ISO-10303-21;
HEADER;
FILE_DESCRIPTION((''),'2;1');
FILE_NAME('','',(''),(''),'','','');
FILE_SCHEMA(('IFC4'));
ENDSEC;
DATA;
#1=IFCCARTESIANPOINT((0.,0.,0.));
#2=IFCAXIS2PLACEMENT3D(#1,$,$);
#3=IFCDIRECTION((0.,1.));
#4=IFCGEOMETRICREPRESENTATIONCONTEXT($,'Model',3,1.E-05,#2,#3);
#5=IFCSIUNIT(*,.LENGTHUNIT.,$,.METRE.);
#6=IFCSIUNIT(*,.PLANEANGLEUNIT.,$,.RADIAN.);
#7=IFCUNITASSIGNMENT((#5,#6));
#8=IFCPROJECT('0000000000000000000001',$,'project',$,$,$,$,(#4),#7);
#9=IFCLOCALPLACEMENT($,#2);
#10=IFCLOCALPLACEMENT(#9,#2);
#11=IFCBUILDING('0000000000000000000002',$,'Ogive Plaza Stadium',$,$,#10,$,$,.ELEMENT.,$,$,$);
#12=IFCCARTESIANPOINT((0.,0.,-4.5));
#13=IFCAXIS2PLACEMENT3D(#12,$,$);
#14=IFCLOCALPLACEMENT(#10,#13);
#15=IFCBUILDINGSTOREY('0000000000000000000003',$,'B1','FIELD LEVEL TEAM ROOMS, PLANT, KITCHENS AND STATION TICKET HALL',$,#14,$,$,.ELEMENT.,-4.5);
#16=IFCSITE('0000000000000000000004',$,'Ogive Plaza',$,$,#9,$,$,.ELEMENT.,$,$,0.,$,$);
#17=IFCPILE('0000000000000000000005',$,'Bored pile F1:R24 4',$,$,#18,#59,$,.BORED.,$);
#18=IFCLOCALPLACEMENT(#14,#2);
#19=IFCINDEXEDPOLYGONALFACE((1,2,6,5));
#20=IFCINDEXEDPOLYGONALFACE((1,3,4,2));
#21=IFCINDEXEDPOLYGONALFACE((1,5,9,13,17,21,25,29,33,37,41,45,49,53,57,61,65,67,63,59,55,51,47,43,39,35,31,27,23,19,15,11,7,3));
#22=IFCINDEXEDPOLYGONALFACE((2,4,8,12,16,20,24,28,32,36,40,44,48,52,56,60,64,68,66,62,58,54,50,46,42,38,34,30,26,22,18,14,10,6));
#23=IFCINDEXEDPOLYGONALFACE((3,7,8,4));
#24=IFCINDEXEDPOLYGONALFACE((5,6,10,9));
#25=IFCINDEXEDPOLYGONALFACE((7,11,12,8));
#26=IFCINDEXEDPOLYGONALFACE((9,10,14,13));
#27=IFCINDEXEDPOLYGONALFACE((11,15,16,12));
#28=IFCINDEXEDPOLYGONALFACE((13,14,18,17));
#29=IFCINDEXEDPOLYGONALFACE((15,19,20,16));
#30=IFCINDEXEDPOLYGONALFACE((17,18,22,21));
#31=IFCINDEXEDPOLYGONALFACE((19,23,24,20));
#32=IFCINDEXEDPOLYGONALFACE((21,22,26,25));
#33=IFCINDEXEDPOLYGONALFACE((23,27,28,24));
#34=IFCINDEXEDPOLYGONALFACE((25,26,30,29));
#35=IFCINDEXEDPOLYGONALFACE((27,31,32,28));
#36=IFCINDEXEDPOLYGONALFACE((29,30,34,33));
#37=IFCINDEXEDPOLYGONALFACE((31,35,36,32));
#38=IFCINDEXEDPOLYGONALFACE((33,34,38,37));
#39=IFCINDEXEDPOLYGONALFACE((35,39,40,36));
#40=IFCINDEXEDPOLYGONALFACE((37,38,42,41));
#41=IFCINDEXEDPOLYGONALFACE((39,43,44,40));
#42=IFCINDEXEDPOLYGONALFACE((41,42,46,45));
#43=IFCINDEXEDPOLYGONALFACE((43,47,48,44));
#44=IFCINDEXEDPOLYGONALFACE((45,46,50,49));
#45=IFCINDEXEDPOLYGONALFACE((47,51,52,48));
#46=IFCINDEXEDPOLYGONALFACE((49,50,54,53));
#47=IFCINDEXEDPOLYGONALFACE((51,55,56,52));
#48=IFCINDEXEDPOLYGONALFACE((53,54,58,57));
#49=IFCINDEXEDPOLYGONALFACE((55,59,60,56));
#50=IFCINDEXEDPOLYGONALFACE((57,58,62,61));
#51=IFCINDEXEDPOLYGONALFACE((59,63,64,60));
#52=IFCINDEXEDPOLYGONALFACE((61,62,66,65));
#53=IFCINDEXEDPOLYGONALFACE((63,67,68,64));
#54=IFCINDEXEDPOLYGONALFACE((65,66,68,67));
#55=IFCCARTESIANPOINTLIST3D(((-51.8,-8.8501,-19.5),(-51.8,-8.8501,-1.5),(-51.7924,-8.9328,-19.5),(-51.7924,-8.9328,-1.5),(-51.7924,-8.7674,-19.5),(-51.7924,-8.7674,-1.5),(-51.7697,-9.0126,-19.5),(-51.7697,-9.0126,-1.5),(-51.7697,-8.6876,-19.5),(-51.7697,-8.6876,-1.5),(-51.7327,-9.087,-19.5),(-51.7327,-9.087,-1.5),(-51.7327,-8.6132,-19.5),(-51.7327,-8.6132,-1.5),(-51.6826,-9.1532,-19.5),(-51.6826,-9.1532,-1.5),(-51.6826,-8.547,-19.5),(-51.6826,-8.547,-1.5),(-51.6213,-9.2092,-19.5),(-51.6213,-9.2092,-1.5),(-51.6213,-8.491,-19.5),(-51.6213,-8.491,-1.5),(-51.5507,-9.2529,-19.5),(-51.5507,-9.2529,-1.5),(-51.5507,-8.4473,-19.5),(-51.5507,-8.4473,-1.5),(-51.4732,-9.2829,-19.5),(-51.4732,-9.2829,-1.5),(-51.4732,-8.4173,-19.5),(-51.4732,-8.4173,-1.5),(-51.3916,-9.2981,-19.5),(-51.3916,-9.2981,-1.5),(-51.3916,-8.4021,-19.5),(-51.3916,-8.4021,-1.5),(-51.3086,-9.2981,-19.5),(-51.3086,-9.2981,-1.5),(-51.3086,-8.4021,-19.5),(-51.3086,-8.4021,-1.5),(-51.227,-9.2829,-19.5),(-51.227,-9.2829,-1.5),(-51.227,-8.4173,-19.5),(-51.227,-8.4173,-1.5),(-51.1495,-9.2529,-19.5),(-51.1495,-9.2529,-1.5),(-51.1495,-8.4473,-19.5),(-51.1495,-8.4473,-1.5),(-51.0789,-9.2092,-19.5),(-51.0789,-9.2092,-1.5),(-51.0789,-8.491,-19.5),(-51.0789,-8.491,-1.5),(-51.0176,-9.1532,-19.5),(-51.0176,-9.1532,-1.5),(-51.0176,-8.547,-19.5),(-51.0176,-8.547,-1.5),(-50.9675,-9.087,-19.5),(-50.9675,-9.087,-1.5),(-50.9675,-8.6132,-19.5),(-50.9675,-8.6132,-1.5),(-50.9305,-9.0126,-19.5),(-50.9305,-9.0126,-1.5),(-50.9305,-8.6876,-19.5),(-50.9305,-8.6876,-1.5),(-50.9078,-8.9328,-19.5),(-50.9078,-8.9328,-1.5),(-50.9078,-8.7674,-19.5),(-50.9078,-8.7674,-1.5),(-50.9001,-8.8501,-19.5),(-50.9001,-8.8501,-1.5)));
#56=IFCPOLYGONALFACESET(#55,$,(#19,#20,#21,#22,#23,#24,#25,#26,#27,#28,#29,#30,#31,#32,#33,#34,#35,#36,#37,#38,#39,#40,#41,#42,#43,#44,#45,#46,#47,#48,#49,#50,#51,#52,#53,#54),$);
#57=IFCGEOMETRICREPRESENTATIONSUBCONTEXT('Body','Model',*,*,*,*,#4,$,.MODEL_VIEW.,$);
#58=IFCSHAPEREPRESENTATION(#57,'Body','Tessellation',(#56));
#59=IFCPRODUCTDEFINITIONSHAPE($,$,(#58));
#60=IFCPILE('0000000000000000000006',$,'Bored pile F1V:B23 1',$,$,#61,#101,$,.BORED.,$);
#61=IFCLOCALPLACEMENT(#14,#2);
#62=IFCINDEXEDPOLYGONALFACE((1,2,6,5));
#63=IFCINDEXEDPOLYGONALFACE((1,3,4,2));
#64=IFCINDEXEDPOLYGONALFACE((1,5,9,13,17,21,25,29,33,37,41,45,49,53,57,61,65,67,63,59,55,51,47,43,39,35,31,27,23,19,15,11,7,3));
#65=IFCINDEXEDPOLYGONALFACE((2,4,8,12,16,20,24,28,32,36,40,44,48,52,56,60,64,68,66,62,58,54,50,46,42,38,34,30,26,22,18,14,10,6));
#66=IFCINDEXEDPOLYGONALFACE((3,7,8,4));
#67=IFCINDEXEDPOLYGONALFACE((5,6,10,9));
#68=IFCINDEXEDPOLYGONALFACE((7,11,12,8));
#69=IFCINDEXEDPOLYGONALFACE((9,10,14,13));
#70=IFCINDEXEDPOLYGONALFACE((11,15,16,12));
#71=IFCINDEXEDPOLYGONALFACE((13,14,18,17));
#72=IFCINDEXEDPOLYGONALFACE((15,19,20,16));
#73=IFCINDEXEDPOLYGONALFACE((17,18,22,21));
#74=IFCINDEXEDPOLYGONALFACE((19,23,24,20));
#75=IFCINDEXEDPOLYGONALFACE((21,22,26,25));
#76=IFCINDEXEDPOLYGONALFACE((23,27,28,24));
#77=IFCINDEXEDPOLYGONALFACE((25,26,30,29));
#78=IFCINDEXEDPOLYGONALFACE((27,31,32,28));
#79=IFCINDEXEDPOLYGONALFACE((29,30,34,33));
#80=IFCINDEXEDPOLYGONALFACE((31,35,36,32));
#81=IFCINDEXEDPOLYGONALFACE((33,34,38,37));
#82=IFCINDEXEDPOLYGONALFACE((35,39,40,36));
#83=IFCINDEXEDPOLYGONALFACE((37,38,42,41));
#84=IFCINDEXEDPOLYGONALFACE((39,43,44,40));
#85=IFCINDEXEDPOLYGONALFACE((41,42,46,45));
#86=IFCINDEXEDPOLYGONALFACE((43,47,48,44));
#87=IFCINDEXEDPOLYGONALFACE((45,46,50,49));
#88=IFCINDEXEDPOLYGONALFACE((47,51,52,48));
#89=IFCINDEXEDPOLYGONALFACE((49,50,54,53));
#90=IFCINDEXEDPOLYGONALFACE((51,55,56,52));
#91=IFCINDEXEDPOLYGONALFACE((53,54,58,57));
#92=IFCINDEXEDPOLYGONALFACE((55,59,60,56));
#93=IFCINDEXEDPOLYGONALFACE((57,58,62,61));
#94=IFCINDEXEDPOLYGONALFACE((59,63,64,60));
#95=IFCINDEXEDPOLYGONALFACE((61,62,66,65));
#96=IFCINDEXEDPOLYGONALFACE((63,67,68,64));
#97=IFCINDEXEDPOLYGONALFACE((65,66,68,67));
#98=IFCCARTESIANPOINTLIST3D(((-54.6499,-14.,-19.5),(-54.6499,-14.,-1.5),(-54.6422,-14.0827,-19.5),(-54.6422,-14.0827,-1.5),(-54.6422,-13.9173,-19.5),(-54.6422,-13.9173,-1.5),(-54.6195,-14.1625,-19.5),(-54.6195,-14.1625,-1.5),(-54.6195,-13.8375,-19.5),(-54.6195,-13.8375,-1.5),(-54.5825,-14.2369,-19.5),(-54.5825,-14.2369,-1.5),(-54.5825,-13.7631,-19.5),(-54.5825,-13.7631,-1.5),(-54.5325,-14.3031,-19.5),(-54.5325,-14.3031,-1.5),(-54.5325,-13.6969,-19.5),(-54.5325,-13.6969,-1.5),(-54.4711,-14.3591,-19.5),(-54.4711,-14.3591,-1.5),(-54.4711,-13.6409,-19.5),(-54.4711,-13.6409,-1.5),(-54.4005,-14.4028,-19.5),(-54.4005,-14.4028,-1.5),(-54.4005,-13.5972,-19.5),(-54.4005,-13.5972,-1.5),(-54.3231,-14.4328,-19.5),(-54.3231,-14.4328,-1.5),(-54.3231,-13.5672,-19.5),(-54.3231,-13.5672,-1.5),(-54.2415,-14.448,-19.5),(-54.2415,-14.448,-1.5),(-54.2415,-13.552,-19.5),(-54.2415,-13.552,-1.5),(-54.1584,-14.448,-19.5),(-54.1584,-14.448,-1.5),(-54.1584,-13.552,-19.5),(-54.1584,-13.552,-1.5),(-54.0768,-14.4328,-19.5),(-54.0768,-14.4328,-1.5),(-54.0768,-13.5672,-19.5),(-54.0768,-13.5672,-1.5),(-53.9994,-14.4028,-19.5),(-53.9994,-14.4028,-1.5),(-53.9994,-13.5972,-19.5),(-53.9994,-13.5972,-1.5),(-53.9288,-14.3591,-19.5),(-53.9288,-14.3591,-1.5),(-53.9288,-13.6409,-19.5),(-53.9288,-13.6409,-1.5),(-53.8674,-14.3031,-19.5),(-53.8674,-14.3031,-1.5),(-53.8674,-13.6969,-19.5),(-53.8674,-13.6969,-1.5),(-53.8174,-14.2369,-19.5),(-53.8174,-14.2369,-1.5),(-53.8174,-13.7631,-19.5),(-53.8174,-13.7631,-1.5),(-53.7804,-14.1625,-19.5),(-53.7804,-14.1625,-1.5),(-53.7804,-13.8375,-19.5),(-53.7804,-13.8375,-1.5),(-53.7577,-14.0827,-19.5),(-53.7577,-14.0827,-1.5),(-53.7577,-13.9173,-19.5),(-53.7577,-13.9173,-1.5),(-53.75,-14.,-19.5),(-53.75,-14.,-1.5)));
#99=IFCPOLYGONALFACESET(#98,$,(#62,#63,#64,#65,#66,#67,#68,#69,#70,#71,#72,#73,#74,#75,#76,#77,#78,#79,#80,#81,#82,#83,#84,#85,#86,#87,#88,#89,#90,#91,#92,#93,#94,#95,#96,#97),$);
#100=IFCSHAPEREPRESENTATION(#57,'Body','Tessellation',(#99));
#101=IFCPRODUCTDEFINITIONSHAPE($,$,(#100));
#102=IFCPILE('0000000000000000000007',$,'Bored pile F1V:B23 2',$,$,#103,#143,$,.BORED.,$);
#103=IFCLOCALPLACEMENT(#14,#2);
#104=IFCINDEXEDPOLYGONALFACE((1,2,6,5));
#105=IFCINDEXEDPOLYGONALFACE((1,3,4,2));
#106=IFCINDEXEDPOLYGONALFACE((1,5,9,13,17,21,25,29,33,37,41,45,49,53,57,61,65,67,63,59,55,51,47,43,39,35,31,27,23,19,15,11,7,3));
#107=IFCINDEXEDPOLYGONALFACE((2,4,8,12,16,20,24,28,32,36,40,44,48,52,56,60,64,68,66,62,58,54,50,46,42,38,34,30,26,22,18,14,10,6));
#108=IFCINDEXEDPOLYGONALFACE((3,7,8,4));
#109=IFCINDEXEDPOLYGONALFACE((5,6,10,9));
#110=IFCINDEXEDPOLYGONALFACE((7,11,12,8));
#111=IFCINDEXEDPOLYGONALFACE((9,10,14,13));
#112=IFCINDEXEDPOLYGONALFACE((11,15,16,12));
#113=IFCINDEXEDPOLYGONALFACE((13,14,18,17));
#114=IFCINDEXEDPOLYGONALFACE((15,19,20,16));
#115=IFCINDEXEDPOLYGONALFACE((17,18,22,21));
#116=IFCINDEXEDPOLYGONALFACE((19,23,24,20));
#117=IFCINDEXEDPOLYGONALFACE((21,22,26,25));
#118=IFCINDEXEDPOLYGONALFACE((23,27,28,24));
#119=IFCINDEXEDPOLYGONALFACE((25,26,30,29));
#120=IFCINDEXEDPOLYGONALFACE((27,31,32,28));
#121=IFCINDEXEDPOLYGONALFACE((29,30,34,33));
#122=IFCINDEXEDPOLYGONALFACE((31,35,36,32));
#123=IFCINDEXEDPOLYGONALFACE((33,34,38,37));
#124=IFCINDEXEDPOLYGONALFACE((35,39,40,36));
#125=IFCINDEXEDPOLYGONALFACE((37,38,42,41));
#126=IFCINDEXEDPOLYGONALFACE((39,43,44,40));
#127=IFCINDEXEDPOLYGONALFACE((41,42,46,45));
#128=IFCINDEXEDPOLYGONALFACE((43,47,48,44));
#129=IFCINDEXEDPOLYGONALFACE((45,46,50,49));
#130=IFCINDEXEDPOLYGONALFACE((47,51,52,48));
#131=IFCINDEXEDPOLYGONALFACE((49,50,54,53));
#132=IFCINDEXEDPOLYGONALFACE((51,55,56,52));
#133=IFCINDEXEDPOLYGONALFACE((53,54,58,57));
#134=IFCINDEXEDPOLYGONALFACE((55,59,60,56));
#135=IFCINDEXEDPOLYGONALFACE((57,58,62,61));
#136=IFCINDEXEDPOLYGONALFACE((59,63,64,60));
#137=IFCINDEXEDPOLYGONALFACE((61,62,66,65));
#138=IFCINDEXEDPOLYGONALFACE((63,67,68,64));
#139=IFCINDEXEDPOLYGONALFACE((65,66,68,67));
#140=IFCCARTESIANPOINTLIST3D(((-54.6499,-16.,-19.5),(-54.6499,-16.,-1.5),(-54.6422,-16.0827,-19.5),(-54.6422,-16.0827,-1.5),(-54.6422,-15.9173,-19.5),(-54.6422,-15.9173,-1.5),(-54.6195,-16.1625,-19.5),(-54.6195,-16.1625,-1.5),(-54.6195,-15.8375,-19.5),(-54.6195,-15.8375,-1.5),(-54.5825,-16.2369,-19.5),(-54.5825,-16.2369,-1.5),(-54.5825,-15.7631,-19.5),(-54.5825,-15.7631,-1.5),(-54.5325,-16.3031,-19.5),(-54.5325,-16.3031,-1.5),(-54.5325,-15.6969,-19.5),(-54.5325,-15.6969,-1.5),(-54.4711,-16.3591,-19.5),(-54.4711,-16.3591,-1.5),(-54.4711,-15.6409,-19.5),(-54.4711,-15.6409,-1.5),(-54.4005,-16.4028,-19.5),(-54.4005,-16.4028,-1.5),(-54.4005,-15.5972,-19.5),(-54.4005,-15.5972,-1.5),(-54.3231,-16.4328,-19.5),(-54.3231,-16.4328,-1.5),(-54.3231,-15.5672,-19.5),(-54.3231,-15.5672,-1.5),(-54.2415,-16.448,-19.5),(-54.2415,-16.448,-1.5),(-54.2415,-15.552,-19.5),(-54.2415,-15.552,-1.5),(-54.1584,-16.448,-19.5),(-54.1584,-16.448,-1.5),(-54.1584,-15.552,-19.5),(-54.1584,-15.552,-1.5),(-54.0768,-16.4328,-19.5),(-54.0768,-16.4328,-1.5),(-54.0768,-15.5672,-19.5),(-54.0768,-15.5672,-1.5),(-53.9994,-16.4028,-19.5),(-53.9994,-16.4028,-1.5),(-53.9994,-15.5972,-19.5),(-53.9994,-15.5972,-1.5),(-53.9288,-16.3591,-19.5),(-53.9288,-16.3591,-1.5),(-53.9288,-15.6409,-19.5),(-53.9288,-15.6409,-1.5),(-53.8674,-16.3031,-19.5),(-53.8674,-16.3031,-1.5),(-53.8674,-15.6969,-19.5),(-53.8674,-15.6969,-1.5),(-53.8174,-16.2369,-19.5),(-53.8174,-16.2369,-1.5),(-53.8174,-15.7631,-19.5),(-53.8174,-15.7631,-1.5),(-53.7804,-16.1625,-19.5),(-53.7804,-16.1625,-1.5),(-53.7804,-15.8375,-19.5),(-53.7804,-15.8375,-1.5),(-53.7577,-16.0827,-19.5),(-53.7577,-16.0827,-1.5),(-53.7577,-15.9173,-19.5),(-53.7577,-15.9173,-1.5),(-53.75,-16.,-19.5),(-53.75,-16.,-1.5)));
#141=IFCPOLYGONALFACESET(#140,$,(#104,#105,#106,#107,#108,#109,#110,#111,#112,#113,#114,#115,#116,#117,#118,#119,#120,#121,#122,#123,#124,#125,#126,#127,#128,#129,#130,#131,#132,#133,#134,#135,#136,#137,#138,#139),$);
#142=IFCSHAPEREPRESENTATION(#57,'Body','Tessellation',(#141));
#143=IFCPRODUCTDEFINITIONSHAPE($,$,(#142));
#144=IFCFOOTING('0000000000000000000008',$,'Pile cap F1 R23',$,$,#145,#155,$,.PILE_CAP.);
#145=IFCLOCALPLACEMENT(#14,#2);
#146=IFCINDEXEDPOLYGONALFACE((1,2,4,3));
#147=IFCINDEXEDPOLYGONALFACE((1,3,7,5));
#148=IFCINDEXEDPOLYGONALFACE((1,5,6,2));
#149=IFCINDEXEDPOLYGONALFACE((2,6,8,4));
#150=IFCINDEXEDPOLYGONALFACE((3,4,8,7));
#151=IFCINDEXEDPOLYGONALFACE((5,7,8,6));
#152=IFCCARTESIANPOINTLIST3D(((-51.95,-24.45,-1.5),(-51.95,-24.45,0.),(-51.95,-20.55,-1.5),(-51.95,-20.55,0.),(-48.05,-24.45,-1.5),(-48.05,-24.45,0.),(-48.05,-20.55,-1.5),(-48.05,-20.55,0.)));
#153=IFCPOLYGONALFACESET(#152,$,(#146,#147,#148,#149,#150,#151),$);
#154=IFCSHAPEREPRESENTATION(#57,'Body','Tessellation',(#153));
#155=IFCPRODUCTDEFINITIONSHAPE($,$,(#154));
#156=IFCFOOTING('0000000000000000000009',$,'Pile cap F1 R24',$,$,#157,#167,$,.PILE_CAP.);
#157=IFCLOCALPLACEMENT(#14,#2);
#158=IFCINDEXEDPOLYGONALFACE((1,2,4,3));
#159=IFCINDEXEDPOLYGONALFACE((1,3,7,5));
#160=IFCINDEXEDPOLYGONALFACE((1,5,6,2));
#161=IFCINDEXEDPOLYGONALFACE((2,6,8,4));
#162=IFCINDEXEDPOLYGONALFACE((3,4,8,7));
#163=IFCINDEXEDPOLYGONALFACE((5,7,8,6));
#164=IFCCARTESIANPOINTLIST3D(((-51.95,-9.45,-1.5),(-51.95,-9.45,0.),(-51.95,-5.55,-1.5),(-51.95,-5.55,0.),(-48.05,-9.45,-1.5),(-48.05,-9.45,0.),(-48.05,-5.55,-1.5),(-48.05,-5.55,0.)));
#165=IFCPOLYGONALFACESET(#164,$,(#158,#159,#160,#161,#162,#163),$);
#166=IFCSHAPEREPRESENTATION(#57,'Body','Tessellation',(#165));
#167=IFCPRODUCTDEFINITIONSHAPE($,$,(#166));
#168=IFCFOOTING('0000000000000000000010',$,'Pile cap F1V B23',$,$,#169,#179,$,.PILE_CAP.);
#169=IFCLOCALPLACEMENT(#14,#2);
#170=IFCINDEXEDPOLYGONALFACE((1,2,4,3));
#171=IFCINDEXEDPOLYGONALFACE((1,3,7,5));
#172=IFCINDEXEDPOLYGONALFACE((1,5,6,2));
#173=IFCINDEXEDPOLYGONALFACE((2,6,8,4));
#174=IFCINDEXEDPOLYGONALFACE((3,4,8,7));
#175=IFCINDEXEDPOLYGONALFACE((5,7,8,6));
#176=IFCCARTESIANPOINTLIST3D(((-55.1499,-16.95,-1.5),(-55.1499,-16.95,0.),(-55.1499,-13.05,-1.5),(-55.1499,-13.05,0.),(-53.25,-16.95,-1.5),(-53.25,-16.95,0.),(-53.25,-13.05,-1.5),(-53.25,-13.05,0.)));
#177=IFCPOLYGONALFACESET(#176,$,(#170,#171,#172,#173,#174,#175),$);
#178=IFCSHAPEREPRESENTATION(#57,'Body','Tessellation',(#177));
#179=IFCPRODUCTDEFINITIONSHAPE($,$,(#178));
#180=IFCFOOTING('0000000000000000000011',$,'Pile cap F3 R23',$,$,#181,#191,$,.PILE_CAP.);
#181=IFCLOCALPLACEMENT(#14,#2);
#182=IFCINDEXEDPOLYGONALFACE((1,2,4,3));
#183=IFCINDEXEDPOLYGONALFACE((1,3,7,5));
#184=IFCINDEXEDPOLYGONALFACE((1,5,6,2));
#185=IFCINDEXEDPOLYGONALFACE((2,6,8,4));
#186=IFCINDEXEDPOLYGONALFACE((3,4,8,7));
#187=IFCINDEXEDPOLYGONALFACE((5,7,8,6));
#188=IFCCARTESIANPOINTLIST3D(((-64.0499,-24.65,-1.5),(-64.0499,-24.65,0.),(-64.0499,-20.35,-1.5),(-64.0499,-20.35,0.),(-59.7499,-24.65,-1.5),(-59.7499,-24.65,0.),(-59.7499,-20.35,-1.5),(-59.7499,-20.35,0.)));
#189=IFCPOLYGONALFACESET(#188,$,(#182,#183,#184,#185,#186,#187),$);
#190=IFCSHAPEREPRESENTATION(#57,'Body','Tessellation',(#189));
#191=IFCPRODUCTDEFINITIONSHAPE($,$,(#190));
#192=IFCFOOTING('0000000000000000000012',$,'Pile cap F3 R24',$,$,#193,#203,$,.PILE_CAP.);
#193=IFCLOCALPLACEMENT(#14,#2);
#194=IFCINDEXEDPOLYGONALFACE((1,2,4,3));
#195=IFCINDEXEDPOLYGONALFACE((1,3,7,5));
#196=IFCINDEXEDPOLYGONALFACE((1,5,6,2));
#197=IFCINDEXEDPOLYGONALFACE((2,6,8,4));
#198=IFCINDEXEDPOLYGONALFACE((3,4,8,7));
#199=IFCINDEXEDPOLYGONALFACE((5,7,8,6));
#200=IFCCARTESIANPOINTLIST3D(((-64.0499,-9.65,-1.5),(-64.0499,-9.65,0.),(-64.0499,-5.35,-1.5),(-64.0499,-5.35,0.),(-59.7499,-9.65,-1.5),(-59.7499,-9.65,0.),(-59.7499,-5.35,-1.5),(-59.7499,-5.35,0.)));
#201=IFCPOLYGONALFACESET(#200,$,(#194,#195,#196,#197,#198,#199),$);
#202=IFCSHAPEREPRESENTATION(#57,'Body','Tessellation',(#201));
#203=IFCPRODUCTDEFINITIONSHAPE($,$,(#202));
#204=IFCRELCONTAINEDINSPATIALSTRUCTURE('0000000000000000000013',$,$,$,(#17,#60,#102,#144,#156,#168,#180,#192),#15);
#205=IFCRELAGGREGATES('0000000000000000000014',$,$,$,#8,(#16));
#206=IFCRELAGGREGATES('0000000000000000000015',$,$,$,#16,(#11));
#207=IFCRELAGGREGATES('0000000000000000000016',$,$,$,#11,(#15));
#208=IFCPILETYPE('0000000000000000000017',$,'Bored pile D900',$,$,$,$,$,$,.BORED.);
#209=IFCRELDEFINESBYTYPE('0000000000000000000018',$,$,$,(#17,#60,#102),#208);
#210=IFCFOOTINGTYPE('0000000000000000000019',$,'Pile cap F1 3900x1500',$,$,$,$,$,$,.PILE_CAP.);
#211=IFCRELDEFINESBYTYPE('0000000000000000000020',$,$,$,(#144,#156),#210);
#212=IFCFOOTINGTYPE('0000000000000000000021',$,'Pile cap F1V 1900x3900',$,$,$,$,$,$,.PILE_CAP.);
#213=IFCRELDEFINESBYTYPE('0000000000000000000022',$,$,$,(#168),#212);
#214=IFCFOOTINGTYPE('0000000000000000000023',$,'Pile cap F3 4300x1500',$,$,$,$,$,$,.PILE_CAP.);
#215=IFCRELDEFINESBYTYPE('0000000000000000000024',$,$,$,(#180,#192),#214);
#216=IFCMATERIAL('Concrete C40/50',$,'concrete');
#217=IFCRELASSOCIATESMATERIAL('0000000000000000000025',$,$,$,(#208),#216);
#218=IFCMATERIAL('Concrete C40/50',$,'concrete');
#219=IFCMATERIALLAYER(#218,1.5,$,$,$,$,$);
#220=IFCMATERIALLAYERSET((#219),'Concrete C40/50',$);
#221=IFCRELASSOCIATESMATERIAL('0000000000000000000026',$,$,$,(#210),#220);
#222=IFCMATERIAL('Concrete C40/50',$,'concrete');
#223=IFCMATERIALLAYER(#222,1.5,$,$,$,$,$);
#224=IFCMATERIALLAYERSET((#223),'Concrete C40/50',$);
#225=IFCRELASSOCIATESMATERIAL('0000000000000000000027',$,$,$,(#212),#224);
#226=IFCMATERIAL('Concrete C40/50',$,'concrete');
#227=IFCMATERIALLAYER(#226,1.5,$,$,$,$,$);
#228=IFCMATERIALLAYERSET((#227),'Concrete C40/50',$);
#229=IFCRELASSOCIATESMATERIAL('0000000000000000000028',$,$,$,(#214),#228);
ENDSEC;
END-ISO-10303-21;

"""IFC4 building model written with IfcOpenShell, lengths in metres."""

from ifc_helpers import new_model, si_unit, direction, frame, origin, origin_2d, place, context, subcontext, project, spatial, rectangle, circle, extrude, material, layer, layer_set, material_profile, profile_set, type_object, element, save


model = new_model("IFC4")

# Units and contexts
model_context = context("Model", 3, precision=1e-05, world=origin(), true_north=direction((0.0, 1.0)))
body_context = subcontext(model_context, "Body", "Model", "MODEL_VIEW")
ifc_project = project(units=[si_unit("LENGTHUNIT", "METRE"), si_unit("PLANEANGLEUNIT", "RADIAN")], contexts=[model_context])

# Site, building, storey
site_placement = place(None, origin())
site = spatial("IfcSite", under=ifc_project, at=site_placement, Name="Ogive Plaza", CompositionType="ELEMENT", RefElevation=0.0)
building_placement = place(site_placement, origin())
building = spatial("IfcBuilding", under=site, at=building_placement, Name="Ogive Plaza Stadium", CompositionType="ELEMENT")
storey_placement = place(building_placement, frame((0.0, 0.0, -4.5)))
storey = spatial("IfcBuildingStorey", under=building, at=storey_placement, Name="B1", Description="FIELD LEVEL TEAM ROOMS, PLANT, KITCHENS AND STATION TICKET HALL", CompositionType="ELEMENT", Elevation=-4.5)

# Piles
ifc_material_1 = material(Name="Concrete C40/50", Category="concrete")
ifc_material_profile_1 = material_profile(ifc_material_1, circle(Radius=0.45, at=origin_2d()), Name="RC D900")
ifc_profile_set_1 = profile_set([ifc_material_profile_1], Name="Concrete C40/50")
pile_type_1 = type_object("IfcPileType", Name="Bored pile D900", PredefinedType="BORED", material=ifc_profile_set_1)
for number, where, z_axis, x_axis, name in (
    (1, (-51.3501, -8.8501, -1.5), (0.0, 0.0, -1.0), (1.0, 0.0, 0.0), "Bored pile F1:R24 4"),
    (2, (-54.2, -14.0, -1.5), (0.0, 0.0, -1.0), (1.0, 0.0, 0.0), "Bored pile F1V:B23 1"),
    (3, (-54.2, -16.0, -1.5), (0.0, 0.0, -1.0), (1.0, 0.0, 0.0), "Bored pile F1V:B23 2"),
):
    element("IfcPile", number, at=place(storey_placement, frame(where, z_axis=z_axis, x_axis=x_axis)), inside=storey, type_object=pile_type_1, Name=name, PredefinedType="BORED", context=body_context, shape_type="SweptSolid", body=[
        extrude(circle(Radius=0.45, at=origin_2d()), origin(), (0.0, 0.0, 1.0), 18.0),
    ])

# Footings
ifc_material_2 = material(Name="Concrete C40/50", Category="concrete")
ifc_layer_1 = layer(ifc_material_2, 1.5)
ifc_layer_set_1 = layer_set([ifc_layer_1], Name="Concrete C40/50")
footing_type_1 = type_object("IfcFootingType", Name="Pile cap F1 3900x1500", PredefinedType="PILE_CAP", material=ifc_layer_set_1)
for number, where, z_axis, x_axis, name in (
    (4, (-50.0, -22.5, -1.5), (0.0, 0.0, 1.0), (-1.0, 0.0, 0.0), "Pile cap F1 R23"),
    (5, (-50.0, -7.5, -1.5), (0.0, 0.0, 1.0), (-1.0, 0.0, 0.0), "Pile cap F1 R24"),
):
    element("IfcFooting", number, at=place(storey_placement, frame(where, z_axis=z_axis, x_axis=x_axis)), inside=storey, type_object=footing_type_1, Name=name, PredefinedType="PILE_CAP", context=body_context, shape_type="SweptSolid", body=[
        extrude(rectangle(XDim=3.8999, YDim=3.8999, at=origin_2d()), origin(), (0.0, 0.0, 1.0), 1.5),
    ])
ifc_material_3 = material(Name="Concrete C40/50", Category="concrete")
ifc_layer_2 = layer(ifc_material_3, 1.5)
ifc_layer_set_2 = layer_set([ifc_layer_2], Name="Concrete C40/50")
footing_type_2 = type_object("IfcFootingType", Name="Pile cap F1V 1900x3900", PredefinedType="PILE_CAP", material=ifc_layer_set_2)
footing_placement = place(storey_placement, frame((-54.2, -15.0, -1.5), z_axis=(0.0, 0.0, 1.0), x_axis=(-1.0, 0.0, 0.0)))
element("IfcFooting", 6, at=footing_placement, inside=storey, type_object=footing_type_2, Name="Pile cap F1V B23", PredefinedType="PILE_CAP", context=body_context, shape_type="SweptSolid", body=[
    extrude(rectangle(XDim=1.8999, YDim=3.8999, at=origin_2d()), origin(), (0.0, 0.0, 1.0), 1.5),
])
ifc_material_4 = material(Name="Concrete C40/50", Category="concrete")
ifc_layer_3 = layer(ifc_material_4, 1.5)
ifc_layer_set_3 = layer_set([ifc_layer_3], Name="Concrete C40/50")
footing_type_3 = type_object("IfcFootingType", Name="Pile cap F3 4300x1500", PredefinedType="PILE_CAP", material=ifc_layer_set_3)
for number, where, z_axis, x_axis, name in (
    (7, (-61.8999, -22.5, -1.5), (0.0, 0.0, 1.0), (-1.0, 0.0, 0.0), "Pile cap F3 R23"),
    (8, (-61.8999, -7.5, -1.5), (0.0, 0.0, 1.0), (-1.0, 0.0, 0.0), "Pile cap F3 R24"),
):
    element("IfcFooting", number, at=place(storey_placement, frame(where, z_axis=z_axis, x_axis=x_axis)), inside=storey, type_object=footing_type_3, Name=name, PredefinedType="PILE_CAP", context=body_context, shape_type="SweptSolid", body=[
        extrude(rectangle(XDim=4.3, YDim=4.3, at=origin_2d()), origin(), (0.0, 0.0, 1.0), 1.5),
    ])

save(model, "model.ifc")
